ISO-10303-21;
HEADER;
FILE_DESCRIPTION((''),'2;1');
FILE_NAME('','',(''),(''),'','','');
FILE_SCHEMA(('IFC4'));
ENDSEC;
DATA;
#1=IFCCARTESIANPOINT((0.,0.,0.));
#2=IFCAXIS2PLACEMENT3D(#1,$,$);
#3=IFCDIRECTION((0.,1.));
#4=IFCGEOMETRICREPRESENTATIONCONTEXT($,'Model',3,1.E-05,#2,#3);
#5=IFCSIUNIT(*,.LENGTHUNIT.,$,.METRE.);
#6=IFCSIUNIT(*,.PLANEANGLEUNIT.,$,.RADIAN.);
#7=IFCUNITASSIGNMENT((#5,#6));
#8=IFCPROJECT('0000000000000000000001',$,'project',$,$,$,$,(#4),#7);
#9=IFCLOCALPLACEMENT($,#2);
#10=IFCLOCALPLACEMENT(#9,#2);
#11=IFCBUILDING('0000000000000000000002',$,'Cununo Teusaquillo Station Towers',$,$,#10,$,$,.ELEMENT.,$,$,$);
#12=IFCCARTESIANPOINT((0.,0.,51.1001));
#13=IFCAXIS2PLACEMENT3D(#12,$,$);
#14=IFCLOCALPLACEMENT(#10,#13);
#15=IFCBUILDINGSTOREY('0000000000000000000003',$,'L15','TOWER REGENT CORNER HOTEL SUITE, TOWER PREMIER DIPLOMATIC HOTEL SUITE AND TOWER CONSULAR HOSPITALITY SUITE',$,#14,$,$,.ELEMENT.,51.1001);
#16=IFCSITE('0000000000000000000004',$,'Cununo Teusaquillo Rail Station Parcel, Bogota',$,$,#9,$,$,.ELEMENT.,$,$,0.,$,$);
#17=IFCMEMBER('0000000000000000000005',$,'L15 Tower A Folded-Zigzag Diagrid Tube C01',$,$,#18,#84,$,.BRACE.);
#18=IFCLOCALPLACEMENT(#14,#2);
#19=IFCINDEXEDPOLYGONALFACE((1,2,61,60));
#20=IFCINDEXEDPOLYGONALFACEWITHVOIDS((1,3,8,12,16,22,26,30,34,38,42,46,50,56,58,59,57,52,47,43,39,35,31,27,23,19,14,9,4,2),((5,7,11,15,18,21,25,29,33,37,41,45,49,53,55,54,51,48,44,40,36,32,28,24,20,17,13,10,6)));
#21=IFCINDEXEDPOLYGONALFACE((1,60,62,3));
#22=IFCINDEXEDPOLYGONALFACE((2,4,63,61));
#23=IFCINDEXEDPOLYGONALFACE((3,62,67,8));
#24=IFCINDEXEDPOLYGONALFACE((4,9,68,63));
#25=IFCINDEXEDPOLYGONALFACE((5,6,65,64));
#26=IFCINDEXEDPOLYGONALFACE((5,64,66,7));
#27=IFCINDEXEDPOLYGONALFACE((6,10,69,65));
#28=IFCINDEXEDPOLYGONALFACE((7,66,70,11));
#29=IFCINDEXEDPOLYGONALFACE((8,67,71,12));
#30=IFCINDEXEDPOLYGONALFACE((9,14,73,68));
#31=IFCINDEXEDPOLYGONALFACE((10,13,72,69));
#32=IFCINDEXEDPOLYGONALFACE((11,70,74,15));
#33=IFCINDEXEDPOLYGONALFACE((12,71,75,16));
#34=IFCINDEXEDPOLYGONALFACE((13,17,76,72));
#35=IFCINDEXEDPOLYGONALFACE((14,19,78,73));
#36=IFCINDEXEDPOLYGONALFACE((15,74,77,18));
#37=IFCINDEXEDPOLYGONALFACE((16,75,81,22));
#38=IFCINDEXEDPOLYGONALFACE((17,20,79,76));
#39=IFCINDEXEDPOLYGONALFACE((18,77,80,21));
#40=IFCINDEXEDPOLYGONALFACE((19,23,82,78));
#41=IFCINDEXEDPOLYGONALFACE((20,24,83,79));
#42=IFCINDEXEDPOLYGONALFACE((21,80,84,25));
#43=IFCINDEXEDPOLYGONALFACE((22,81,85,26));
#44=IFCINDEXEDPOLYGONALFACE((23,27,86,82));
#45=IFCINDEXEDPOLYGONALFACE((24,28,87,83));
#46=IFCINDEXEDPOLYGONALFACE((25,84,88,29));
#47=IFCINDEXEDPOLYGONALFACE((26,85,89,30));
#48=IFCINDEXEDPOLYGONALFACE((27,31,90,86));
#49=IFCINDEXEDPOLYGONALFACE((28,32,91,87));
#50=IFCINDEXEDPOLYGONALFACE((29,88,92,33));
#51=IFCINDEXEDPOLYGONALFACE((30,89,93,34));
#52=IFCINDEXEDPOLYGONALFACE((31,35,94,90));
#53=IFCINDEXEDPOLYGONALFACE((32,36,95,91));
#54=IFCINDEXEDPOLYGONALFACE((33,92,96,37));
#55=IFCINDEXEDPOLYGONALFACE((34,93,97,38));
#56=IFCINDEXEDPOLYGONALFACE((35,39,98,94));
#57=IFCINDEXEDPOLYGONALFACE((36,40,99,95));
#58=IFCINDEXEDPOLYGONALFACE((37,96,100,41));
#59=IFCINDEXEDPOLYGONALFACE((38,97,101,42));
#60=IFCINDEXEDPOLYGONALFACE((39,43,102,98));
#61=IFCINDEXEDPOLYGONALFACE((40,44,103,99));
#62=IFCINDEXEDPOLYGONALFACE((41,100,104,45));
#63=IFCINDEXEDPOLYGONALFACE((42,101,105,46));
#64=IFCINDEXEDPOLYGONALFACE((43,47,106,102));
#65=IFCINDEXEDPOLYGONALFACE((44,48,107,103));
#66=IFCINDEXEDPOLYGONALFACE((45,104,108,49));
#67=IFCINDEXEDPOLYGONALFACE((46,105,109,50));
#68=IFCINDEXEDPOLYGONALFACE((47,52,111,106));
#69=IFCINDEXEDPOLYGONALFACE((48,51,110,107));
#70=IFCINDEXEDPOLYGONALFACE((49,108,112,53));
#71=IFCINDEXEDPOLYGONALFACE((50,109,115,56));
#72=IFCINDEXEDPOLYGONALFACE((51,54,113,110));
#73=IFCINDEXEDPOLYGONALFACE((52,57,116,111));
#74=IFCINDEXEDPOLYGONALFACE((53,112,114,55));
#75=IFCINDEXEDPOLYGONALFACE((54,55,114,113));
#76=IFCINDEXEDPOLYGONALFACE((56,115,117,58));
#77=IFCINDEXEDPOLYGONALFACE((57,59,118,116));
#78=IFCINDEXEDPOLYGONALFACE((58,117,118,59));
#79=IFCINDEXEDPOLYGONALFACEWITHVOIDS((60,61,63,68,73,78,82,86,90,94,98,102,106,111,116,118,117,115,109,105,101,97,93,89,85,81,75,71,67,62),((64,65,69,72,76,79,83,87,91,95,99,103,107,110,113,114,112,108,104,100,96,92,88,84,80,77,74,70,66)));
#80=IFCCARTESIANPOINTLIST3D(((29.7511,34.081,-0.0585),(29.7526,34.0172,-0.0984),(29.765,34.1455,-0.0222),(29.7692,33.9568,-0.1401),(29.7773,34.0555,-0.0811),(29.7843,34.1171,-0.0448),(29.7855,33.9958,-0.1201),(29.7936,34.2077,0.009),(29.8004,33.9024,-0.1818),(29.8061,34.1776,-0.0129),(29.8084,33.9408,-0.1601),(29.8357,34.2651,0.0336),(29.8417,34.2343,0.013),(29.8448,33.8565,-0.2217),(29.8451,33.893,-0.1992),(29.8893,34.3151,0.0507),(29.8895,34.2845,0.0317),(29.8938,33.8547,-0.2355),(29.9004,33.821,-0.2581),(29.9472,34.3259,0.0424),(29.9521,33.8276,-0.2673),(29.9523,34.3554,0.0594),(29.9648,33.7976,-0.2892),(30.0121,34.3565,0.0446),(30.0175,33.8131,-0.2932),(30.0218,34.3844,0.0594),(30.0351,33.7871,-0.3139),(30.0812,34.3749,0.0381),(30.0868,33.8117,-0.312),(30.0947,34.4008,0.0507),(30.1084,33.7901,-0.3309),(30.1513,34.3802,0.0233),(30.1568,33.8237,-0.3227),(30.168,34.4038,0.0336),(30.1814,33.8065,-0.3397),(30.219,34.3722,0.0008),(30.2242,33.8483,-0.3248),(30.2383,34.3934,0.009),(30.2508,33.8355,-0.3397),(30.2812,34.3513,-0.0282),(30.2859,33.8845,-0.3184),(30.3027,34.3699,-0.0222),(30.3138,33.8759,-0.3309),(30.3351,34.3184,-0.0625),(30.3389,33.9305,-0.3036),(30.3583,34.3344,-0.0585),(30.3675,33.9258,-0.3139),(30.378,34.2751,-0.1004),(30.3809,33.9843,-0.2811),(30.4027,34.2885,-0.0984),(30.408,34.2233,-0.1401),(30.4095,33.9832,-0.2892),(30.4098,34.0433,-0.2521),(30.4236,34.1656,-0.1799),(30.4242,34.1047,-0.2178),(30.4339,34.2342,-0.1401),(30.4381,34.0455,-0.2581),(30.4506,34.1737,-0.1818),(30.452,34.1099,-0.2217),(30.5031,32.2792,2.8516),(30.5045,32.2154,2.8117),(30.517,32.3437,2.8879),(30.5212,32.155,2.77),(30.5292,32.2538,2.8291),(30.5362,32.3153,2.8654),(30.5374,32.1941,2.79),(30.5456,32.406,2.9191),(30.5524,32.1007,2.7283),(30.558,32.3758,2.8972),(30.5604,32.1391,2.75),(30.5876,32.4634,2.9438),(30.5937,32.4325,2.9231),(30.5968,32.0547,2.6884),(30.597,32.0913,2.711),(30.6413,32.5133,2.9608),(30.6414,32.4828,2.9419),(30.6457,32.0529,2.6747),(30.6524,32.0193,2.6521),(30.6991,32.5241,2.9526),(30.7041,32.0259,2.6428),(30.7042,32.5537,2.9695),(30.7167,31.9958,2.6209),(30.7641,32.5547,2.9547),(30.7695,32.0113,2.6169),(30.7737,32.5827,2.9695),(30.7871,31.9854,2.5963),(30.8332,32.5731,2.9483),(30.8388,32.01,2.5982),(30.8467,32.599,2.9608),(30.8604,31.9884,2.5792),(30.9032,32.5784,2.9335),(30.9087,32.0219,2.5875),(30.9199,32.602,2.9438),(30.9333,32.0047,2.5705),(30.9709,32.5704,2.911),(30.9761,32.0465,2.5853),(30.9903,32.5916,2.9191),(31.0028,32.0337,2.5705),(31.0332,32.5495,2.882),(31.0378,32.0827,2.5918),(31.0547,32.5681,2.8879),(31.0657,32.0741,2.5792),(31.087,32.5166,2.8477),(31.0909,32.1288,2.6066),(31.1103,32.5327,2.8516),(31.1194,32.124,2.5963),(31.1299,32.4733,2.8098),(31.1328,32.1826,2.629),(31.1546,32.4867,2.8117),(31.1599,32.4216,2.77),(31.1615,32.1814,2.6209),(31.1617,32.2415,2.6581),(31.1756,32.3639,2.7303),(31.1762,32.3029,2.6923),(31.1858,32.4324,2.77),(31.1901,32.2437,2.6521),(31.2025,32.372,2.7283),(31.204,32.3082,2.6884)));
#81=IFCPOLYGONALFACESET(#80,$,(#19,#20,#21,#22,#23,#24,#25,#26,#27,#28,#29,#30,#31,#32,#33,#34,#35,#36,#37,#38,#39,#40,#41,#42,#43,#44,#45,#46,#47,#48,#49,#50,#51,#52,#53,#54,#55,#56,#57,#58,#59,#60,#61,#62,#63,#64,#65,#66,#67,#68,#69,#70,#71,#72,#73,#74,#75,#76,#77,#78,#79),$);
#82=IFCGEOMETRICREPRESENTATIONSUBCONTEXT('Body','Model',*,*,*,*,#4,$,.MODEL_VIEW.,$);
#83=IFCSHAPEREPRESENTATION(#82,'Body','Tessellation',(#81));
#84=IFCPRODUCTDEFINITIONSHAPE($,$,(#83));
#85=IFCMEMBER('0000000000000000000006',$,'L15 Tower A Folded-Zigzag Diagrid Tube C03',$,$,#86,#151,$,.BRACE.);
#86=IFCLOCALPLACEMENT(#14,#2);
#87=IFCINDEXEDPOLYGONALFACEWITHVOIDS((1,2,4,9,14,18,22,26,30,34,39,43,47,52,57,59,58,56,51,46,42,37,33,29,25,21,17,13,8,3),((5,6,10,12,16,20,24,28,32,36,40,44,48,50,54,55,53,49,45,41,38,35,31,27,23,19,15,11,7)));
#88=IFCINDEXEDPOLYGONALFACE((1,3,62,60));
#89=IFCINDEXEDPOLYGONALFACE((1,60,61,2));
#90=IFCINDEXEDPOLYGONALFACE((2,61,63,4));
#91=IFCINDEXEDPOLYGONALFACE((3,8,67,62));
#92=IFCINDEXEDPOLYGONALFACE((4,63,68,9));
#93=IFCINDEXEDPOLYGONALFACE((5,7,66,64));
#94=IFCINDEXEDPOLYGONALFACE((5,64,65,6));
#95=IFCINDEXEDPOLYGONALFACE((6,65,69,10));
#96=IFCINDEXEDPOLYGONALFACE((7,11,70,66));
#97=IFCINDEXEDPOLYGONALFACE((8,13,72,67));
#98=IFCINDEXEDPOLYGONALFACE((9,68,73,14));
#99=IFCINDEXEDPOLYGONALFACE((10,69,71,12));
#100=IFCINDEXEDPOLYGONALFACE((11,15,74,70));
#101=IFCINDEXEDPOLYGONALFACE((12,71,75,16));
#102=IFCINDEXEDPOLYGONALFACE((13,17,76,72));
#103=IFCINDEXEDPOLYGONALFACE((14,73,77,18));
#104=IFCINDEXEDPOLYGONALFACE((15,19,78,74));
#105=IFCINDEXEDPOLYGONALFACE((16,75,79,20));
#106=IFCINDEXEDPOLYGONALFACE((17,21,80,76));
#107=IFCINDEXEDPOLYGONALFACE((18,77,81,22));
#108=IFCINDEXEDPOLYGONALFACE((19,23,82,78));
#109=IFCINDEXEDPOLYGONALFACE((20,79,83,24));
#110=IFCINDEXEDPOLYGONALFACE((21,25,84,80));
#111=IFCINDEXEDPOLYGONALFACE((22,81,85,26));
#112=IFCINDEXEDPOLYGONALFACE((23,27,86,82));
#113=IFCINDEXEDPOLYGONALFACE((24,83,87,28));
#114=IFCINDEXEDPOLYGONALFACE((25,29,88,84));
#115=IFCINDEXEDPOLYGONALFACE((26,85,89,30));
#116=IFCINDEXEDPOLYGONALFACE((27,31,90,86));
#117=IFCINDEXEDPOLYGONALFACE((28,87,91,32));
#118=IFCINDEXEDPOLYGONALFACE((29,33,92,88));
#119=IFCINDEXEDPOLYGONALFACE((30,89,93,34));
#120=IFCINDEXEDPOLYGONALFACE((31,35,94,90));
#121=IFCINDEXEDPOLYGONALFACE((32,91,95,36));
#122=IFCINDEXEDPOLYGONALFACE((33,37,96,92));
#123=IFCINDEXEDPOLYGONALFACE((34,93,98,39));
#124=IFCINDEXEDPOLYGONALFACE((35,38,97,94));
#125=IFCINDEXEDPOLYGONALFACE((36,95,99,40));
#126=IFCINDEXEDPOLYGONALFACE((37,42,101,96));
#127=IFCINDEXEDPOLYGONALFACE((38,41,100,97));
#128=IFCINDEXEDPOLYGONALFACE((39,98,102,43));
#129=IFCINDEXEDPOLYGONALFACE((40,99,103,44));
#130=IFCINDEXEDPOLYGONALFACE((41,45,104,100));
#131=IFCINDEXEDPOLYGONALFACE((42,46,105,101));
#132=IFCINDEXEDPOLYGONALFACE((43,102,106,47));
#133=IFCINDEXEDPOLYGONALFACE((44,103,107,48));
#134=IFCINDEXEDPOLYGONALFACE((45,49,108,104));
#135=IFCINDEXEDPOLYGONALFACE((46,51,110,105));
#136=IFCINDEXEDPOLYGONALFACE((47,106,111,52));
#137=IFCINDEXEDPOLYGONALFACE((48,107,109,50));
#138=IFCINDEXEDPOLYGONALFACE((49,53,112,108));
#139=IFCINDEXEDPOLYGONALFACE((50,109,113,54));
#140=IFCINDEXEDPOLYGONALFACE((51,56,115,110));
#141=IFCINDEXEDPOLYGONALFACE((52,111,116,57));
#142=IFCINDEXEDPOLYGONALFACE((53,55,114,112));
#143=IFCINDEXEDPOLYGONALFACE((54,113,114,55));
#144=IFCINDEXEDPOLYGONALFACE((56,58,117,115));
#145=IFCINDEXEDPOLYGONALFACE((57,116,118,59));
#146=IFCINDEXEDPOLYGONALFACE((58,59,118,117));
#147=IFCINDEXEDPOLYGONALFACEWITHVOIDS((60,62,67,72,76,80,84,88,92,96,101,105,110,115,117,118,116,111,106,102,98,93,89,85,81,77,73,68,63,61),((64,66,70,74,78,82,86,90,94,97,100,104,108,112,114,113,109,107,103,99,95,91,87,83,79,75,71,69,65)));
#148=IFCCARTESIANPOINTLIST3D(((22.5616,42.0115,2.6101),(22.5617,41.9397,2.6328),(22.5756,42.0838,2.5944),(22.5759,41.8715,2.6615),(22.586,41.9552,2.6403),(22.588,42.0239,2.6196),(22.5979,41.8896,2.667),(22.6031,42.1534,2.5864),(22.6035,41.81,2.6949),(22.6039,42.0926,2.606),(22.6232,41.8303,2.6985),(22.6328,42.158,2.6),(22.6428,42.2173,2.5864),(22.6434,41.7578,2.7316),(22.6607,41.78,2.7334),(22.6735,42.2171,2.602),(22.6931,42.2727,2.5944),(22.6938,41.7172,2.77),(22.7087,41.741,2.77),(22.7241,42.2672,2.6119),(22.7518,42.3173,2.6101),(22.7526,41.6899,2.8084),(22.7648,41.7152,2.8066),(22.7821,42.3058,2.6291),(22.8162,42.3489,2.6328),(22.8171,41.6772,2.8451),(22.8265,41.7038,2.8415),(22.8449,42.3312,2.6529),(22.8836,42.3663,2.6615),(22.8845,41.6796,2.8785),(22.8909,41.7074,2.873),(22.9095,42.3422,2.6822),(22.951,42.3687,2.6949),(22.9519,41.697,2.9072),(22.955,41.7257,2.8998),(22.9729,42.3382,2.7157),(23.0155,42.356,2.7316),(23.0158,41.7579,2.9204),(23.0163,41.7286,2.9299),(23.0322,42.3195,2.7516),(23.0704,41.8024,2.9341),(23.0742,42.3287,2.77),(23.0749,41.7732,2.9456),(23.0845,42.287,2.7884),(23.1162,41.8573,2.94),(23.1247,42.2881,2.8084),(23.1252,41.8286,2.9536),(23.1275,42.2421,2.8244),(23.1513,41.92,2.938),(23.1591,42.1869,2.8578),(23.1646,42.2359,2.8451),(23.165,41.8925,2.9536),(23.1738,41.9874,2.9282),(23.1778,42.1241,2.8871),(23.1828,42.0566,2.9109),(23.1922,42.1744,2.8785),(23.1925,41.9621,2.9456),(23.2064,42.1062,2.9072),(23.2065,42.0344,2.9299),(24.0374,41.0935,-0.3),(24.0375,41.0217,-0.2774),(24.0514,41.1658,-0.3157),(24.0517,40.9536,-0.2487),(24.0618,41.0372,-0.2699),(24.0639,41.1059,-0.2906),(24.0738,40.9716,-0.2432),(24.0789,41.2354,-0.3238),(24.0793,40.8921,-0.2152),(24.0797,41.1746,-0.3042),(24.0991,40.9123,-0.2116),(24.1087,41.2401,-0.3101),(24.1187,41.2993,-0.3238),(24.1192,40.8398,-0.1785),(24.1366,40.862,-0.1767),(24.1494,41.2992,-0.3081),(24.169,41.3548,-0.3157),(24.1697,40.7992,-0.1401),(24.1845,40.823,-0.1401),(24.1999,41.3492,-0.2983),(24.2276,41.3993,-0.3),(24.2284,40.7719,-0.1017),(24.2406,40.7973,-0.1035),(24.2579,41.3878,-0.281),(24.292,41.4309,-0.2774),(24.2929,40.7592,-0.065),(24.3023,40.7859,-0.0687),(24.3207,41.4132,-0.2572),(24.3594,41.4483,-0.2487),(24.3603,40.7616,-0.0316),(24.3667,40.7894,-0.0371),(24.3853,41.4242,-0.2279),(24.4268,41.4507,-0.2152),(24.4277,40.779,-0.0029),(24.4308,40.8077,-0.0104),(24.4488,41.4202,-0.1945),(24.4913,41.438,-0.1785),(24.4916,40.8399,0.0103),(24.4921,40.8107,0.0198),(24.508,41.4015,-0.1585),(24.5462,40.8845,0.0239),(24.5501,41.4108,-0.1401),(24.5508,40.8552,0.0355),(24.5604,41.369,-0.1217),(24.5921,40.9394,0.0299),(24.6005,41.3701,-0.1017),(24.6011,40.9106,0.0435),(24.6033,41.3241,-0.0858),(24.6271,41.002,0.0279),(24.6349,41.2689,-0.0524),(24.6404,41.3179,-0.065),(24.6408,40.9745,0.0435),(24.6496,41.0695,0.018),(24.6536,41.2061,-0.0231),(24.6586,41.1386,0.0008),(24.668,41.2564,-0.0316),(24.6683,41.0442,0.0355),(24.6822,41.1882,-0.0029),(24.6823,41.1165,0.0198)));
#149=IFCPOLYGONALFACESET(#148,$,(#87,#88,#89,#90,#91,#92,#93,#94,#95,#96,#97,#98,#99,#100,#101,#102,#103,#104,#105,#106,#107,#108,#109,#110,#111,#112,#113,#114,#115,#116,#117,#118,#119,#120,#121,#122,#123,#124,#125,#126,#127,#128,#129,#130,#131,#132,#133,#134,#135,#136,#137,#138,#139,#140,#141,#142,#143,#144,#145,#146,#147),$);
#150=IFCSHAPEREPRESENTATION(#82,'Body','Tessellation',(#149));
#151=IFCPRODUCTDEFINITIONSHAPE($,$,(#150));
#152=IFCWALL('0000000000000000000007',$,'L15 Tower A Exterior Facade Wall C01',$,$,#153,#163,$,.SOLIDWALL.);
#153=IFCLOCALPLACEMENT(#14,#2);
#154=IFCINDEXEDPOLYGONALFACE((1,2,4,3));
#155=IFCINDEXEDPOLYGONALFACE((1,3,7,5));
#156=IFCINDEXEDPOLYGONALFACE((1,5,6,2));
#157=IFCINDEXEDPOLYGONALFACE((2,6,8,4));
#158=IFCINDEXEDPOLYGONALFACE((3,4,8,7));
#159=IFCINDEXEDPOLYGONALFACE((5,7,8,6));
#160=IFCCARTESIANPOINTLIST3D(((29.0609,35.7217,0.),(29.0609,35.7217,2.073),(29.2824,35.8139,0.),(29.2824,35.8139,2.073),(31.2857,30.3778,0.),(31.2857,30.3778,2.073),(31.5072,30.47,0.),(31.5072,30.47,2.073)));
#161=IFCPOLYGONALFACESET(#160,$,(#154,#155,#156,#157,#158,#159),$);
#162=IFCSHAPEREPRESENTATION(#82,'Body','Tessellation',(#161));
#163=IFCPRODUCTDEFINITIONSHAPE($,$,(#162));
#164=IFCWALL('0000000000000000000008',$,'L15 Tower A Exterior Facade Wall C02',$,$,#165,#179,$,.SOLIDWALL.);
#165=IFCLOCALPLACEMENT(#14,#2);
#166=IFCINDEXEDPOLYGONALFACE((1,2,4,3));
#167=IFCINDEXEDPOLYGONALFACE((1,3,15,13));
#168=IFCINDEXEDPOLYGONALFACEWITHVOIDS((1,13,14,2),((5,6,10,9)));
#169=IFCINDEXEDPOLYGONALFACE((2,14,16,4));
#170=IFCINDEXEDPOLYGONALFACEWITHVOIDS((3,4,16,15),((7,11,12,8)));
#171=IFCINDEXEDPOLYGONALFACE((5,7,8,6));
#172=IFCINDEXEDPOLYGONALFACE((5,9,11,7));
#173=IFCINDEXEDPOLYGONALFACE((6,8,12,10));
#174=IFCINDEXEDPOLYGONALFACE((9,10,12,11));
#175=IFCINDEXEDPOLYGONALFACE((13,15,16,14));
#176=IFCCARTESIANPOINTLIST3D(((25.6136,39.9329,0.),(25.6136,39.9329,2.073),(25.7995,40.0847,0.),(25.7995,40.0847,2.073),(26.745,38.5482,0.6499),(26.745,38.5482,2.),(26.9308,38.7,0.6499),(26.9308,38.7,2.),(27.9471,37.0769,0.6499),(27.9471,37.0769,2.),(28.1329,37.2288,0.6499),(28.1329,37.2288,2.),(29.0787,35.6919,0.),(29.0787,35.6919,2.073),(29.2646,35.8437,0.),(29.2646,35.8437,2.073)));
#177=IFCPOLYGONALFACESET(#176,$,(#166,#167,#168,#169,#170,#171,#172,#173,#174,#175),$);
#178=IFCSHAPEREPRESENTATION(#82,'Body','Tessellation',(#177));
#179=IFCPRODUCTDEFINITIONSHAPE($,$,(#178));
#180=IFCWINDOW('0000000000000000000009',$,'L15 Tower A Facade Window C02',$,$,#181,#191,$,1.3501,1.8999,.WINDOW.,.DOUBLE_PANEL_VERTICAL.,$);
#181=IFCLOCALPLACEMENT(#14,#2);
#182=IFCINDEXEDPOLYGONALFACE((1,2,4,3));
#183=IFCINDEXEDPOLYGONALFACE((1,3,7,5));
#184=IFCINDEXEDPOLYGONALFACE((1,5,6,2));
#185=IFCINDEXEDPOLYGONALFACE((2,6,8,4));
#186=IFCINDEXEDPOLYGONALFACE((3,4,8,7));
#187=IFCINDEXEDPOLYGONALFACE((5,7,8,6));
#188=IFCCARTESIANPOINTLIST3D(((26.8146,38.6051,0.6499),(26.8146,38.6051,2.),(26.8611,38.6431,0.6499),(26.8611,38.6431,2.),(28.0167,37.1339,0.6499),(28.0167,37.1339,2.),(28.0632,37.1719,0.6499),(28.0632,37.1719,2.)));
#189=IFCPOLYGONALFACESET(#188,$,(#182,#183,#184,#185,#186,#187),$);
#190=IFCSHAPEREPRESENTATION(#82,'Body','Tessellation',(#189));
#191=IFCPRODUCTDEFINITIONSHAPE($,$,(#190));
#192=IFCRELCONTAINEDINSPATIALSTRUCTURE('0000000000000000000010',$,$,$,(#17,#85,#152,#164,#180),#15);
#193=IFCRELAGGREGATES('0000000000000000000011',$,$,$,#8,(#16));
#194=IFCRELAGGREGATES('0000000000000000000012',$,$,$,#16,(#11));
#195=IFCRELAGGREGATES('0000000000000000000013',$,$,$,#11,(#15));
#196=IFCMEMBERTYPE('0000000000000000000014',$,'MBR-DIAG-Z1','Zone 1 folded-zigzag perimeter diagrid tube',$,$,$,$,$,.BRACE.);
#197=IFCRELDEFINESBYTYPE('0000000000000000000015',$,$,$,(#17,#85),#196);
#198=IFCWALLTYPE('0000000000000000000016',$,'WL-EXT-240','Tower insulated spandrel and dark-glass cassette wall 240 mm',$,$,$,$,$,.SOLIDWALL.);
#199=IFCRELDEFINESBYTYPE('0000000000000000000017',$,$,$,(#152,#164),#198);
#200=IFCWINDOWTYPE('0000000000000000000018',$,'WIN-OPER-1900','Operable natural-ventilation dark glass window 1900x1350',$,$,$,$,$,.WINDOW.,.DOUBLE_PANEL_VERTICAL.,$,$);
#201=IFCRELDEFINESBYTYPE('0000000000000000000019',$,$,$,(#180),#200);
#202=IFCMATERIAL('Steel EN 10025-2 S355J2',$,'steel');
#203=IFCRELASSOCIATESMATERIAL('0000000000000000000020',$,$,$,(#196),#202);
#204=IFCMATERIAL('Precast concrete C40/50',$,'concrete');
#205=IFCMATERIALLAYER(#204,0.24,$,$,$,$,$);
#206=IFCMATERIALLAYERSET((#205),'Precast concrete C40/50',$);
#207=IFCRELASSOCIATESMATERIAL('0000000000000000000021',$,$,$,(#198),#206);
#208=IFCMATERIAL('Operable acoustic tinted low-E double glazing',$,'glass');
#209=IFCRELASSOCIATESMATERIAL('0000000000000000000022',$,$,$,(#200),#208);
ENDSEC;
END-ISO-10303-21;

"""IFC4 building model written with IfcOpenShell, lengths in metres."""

from ifc_helpers import new_model, si_unit, direction, frame, frame_2d, origin, origin_2d, place, context, subcontext, project, spatial, rectangle, hollow_circle, extrude, source, transform, mapped, material, layer, layer_set, material_profile, profile_set, type_object, element, fill, save


model = new_model("IFC4")

# Units and contexts
model_context = context("Model", 3, precision=1e-05, world=origin(), true_north=direction((0.0, 1.0)))
body_context = subcontext(model_context, "Body", "Model", "MODEL_VIEW")
ifc_project = project(units=[si_unit("LENGTHUNIT", "METRE"), si_unit("PLANEANGLEUNIT", "RADIAN")], contexts=[model_context])

# Site, building, storey
site_placement = place(None, origin())
site = spatial("IfcSite", under=ifc_project, at=site_placement, Name="Cununo Teusaquillo Rail Station Parcel, Bogota", CompositionType="ELEMENT", RefElevation=0.0)
building_placement = place(site_placement, origin())
building = spatial("IfcBuilding", under=site, at=building_placement, Name="Cununo Teusaquillo Station Towers", CompositionType="ELEMENT")
storey_placement = place(building_placement, frame((0.0, 0.0, 51.1001)))
storey = spatial("IfcBuildingStorey", under=building, at=storey_placement, Name="L15", Description="TOWER REGENT CORNER HOTEL SUITE, TOWER PREMIER DIPLOMATIC HOTEL SUITE AND TOWER CONSULAR HOSPITALITY SUITE", CompositionType="ELEMENT", Elevation=51.1001)

# Members
ifc_material_1 = material(Name="Steel EN 10025-2 S355J2", Category="steel")
ifc_material_profile_1 = material_profile(ifc_material_1, hollow_circle(Radius=0.3601, WallThickness=0.0281, at=origin_2d()), Name="CHS 720x28")
ifc_profile_set_1 = profile_set([ifc_material_profile_1], Name="Steel EN 10025-2 S355J2")
member_type = type_object("IfcMemberType", Name="MBR-DIAG-Z1", Description="Zone 1 folded-zigzag perimeter diagrid tube", PredefinedType="BRACE", material=ifc_profile_set_1)
member_1_placement = place(storey_placement, frame((30.1016, 34.0955, -0.1401), z_axis=(0.214574, -0.514143, 0.830431), x_axis=(0.922855, 0.385148, 0.0)))
element("IfcMember", 1, at=member_1_placement, inside=storey, type_object=member_type, Name="L15 Tower A Folded-Zigzag Diagrid Tube C01", PredefinedType="BRACE", context=body_context, shape_type="SweptSolid", body=[
    extrude(hollow_circle(Radius=0.3601, WallThickness=0.0281, at=origin_2d()), origin(), (0.0, 0.0, 1.0), 3.5044),
])
member_2_placement = place(storey_placement, frame((24.3599, 41.105, -0.1401), z_axis=(-0.435393, 0.270815, 0.858541), x_axis=(-0.528167, -0.849141, 0.0)))
element("IfcMember", 2, at=member_2_placement, inside=storey, type_object=member_type, Name="L15 Tower A Folded-Zigzag Diagrid Tube C03", PredefinedType="BRACE", context=body_context, shape_type="SweptSolid", body=[
    extrude(hollow_circle(Radius=0.3601, WallThickness=0.0281, at=origin_2d()), origin(), (0.0, 0.0, 1.0), 3.3896),
])

# Wall
ifc_material_2 = material(Name="Precast concrete C40/50", Category="concrete")
ifc_layer_1 = layer(ifc_material_2, 0.24)
ifc_layer_set_1 = layer_set([ifc_layer_1], Name="Precast concrete C40/50")
wall_type_1 = type_object("IfcWallType", Name="WL-EXT-240", Description="Tower insulated spandrel and dark-glass cassette wall 240 mm", PredefinedType="SOLIDWALL", material=ifc_layer_set_1)
wall_1_placement = place(storey_placement, frame((29.1716, 35.7678, 0.0), z_axis=(0.0, 0.0, 1.0), x_axis=(0.384349, -0.923188, 0.0)))
element("IfcWall", 3, at=wall_1_placement, inside=storey, type_object=wall_type_1, Name="L15 Tower A Exterior Facade Wall C01", PredefinedType="SOLIDWALL", context=body_context, shape_type="SweptSolid", body=[
    extrude(rectangle(XDim=5.7886, YDim=0.24, at=frame_2d((2.8943, 0.0))), origin(), (0.0, 0.0, 1.0), 2.073),
])

# Wall, opening, window
wall_2_placement = place(storey_placement, frame((25.7065, 40.0088, 0.0), z_axis=(0.0, 0.0, 1.0), x_axis=(0.632713, -0.774386, 0.0)))
wall_2 = element("IfcWall", 4, at=wall_2_placement, inside=storey, type_object=wall_type_1, Name="L15 Tower A Exterior Facade Wall C02", PredefinedType="SOLIDWALL", context=body_context, shape_type="SweptSolid", body=[
    extrude(rectangle(XDim=5.4766, YDim=0.24, at=frame_2d((2.7383, 0.0))), origin(), (0.0, 0.0, 1.0), 2.073),
])
shared_shape_1 = source(origin(), body_context, "Body", "SweptSolid", [
    extrude(rectangle(XDim=1.8999, YDim=1.3501, at=frame_2d((0.95, 0.675))), frame((0.0, 0.1299, 0.0), z_axis=(0.0, -1.0, 0.0), x_axis=(1.0, 0.0, 0.0)), (0.0, 0.0, 1.0), 0.26),
])
opening_1_placement = place(wall_2_placement, frame((1.7881, 0.0, 0.6499)))
opening_1 = element("IfcOpeningElement", 5, at=opening_1_placement, cuts=wall_2, PredefinedType="OPENING", context=body_context, shape_type="MappedRepresentation", body=[
    mapped(shared_shape_1, transform((0.0, 0.0, 0.0), x_axis=(1.0, 0.0, 0.0), y_axis=(0.0, 1.0, 0.0), z_axis=(0.0, 0.0, 1.0), scale=1.0)),
])
ifc_material_3 = material(Name="Operable acoustic tinted low-E double glazing", Category="glass")
window_type = type_object("IfcWindowType", Name="WIN-OPER-1900", Description="Operable natural-ventilation dark glass window 1900x1350", PartitioningType="DOUBLE_PANEL_VERTICAL", PredefinedType="WINDOW", material=ifc_material_3)
shared_shape_2 = source(origin(), body_context, "Body", "SweptSolid", [
    extrude(rectangle(XDim=1.8999, YDim=1.3501, at=frame_2d((0.95, 0.675))), frame((0.0, 0.03, 0.0), z_axis=(0.0, -1.0, 0.0), x_axis=(1.0, 0.0, 0.0)), (0.0, 0.0, 1.0), 0.0601),
])
window_placement = place(opening_1_placement, origin())
window = element("IfcWindow", 6, at=window_placement, inside=storey, type_object=window_type, Name="L15 Tower A Facade Window C02", OverallHeight=1.3501, OverallWidth=1.8999, PartitioningType="DOUBLE_PANEL_VERTICAL", PredefinedType="WINDOW", context=body_context, shape_type="MappedRepresentation", body=[
    mapped(shared_shape_2, transform((0.0, 0.0, 0.0), x_axis=(1.0, 0.0, 0.0), y_axis=(0.0, 1.0, 0.0), z_axis=(0.0, 0.0, 1.0), scale=1.0)),
])
fill(opening_1, window)

save(model, "model.ifc")
